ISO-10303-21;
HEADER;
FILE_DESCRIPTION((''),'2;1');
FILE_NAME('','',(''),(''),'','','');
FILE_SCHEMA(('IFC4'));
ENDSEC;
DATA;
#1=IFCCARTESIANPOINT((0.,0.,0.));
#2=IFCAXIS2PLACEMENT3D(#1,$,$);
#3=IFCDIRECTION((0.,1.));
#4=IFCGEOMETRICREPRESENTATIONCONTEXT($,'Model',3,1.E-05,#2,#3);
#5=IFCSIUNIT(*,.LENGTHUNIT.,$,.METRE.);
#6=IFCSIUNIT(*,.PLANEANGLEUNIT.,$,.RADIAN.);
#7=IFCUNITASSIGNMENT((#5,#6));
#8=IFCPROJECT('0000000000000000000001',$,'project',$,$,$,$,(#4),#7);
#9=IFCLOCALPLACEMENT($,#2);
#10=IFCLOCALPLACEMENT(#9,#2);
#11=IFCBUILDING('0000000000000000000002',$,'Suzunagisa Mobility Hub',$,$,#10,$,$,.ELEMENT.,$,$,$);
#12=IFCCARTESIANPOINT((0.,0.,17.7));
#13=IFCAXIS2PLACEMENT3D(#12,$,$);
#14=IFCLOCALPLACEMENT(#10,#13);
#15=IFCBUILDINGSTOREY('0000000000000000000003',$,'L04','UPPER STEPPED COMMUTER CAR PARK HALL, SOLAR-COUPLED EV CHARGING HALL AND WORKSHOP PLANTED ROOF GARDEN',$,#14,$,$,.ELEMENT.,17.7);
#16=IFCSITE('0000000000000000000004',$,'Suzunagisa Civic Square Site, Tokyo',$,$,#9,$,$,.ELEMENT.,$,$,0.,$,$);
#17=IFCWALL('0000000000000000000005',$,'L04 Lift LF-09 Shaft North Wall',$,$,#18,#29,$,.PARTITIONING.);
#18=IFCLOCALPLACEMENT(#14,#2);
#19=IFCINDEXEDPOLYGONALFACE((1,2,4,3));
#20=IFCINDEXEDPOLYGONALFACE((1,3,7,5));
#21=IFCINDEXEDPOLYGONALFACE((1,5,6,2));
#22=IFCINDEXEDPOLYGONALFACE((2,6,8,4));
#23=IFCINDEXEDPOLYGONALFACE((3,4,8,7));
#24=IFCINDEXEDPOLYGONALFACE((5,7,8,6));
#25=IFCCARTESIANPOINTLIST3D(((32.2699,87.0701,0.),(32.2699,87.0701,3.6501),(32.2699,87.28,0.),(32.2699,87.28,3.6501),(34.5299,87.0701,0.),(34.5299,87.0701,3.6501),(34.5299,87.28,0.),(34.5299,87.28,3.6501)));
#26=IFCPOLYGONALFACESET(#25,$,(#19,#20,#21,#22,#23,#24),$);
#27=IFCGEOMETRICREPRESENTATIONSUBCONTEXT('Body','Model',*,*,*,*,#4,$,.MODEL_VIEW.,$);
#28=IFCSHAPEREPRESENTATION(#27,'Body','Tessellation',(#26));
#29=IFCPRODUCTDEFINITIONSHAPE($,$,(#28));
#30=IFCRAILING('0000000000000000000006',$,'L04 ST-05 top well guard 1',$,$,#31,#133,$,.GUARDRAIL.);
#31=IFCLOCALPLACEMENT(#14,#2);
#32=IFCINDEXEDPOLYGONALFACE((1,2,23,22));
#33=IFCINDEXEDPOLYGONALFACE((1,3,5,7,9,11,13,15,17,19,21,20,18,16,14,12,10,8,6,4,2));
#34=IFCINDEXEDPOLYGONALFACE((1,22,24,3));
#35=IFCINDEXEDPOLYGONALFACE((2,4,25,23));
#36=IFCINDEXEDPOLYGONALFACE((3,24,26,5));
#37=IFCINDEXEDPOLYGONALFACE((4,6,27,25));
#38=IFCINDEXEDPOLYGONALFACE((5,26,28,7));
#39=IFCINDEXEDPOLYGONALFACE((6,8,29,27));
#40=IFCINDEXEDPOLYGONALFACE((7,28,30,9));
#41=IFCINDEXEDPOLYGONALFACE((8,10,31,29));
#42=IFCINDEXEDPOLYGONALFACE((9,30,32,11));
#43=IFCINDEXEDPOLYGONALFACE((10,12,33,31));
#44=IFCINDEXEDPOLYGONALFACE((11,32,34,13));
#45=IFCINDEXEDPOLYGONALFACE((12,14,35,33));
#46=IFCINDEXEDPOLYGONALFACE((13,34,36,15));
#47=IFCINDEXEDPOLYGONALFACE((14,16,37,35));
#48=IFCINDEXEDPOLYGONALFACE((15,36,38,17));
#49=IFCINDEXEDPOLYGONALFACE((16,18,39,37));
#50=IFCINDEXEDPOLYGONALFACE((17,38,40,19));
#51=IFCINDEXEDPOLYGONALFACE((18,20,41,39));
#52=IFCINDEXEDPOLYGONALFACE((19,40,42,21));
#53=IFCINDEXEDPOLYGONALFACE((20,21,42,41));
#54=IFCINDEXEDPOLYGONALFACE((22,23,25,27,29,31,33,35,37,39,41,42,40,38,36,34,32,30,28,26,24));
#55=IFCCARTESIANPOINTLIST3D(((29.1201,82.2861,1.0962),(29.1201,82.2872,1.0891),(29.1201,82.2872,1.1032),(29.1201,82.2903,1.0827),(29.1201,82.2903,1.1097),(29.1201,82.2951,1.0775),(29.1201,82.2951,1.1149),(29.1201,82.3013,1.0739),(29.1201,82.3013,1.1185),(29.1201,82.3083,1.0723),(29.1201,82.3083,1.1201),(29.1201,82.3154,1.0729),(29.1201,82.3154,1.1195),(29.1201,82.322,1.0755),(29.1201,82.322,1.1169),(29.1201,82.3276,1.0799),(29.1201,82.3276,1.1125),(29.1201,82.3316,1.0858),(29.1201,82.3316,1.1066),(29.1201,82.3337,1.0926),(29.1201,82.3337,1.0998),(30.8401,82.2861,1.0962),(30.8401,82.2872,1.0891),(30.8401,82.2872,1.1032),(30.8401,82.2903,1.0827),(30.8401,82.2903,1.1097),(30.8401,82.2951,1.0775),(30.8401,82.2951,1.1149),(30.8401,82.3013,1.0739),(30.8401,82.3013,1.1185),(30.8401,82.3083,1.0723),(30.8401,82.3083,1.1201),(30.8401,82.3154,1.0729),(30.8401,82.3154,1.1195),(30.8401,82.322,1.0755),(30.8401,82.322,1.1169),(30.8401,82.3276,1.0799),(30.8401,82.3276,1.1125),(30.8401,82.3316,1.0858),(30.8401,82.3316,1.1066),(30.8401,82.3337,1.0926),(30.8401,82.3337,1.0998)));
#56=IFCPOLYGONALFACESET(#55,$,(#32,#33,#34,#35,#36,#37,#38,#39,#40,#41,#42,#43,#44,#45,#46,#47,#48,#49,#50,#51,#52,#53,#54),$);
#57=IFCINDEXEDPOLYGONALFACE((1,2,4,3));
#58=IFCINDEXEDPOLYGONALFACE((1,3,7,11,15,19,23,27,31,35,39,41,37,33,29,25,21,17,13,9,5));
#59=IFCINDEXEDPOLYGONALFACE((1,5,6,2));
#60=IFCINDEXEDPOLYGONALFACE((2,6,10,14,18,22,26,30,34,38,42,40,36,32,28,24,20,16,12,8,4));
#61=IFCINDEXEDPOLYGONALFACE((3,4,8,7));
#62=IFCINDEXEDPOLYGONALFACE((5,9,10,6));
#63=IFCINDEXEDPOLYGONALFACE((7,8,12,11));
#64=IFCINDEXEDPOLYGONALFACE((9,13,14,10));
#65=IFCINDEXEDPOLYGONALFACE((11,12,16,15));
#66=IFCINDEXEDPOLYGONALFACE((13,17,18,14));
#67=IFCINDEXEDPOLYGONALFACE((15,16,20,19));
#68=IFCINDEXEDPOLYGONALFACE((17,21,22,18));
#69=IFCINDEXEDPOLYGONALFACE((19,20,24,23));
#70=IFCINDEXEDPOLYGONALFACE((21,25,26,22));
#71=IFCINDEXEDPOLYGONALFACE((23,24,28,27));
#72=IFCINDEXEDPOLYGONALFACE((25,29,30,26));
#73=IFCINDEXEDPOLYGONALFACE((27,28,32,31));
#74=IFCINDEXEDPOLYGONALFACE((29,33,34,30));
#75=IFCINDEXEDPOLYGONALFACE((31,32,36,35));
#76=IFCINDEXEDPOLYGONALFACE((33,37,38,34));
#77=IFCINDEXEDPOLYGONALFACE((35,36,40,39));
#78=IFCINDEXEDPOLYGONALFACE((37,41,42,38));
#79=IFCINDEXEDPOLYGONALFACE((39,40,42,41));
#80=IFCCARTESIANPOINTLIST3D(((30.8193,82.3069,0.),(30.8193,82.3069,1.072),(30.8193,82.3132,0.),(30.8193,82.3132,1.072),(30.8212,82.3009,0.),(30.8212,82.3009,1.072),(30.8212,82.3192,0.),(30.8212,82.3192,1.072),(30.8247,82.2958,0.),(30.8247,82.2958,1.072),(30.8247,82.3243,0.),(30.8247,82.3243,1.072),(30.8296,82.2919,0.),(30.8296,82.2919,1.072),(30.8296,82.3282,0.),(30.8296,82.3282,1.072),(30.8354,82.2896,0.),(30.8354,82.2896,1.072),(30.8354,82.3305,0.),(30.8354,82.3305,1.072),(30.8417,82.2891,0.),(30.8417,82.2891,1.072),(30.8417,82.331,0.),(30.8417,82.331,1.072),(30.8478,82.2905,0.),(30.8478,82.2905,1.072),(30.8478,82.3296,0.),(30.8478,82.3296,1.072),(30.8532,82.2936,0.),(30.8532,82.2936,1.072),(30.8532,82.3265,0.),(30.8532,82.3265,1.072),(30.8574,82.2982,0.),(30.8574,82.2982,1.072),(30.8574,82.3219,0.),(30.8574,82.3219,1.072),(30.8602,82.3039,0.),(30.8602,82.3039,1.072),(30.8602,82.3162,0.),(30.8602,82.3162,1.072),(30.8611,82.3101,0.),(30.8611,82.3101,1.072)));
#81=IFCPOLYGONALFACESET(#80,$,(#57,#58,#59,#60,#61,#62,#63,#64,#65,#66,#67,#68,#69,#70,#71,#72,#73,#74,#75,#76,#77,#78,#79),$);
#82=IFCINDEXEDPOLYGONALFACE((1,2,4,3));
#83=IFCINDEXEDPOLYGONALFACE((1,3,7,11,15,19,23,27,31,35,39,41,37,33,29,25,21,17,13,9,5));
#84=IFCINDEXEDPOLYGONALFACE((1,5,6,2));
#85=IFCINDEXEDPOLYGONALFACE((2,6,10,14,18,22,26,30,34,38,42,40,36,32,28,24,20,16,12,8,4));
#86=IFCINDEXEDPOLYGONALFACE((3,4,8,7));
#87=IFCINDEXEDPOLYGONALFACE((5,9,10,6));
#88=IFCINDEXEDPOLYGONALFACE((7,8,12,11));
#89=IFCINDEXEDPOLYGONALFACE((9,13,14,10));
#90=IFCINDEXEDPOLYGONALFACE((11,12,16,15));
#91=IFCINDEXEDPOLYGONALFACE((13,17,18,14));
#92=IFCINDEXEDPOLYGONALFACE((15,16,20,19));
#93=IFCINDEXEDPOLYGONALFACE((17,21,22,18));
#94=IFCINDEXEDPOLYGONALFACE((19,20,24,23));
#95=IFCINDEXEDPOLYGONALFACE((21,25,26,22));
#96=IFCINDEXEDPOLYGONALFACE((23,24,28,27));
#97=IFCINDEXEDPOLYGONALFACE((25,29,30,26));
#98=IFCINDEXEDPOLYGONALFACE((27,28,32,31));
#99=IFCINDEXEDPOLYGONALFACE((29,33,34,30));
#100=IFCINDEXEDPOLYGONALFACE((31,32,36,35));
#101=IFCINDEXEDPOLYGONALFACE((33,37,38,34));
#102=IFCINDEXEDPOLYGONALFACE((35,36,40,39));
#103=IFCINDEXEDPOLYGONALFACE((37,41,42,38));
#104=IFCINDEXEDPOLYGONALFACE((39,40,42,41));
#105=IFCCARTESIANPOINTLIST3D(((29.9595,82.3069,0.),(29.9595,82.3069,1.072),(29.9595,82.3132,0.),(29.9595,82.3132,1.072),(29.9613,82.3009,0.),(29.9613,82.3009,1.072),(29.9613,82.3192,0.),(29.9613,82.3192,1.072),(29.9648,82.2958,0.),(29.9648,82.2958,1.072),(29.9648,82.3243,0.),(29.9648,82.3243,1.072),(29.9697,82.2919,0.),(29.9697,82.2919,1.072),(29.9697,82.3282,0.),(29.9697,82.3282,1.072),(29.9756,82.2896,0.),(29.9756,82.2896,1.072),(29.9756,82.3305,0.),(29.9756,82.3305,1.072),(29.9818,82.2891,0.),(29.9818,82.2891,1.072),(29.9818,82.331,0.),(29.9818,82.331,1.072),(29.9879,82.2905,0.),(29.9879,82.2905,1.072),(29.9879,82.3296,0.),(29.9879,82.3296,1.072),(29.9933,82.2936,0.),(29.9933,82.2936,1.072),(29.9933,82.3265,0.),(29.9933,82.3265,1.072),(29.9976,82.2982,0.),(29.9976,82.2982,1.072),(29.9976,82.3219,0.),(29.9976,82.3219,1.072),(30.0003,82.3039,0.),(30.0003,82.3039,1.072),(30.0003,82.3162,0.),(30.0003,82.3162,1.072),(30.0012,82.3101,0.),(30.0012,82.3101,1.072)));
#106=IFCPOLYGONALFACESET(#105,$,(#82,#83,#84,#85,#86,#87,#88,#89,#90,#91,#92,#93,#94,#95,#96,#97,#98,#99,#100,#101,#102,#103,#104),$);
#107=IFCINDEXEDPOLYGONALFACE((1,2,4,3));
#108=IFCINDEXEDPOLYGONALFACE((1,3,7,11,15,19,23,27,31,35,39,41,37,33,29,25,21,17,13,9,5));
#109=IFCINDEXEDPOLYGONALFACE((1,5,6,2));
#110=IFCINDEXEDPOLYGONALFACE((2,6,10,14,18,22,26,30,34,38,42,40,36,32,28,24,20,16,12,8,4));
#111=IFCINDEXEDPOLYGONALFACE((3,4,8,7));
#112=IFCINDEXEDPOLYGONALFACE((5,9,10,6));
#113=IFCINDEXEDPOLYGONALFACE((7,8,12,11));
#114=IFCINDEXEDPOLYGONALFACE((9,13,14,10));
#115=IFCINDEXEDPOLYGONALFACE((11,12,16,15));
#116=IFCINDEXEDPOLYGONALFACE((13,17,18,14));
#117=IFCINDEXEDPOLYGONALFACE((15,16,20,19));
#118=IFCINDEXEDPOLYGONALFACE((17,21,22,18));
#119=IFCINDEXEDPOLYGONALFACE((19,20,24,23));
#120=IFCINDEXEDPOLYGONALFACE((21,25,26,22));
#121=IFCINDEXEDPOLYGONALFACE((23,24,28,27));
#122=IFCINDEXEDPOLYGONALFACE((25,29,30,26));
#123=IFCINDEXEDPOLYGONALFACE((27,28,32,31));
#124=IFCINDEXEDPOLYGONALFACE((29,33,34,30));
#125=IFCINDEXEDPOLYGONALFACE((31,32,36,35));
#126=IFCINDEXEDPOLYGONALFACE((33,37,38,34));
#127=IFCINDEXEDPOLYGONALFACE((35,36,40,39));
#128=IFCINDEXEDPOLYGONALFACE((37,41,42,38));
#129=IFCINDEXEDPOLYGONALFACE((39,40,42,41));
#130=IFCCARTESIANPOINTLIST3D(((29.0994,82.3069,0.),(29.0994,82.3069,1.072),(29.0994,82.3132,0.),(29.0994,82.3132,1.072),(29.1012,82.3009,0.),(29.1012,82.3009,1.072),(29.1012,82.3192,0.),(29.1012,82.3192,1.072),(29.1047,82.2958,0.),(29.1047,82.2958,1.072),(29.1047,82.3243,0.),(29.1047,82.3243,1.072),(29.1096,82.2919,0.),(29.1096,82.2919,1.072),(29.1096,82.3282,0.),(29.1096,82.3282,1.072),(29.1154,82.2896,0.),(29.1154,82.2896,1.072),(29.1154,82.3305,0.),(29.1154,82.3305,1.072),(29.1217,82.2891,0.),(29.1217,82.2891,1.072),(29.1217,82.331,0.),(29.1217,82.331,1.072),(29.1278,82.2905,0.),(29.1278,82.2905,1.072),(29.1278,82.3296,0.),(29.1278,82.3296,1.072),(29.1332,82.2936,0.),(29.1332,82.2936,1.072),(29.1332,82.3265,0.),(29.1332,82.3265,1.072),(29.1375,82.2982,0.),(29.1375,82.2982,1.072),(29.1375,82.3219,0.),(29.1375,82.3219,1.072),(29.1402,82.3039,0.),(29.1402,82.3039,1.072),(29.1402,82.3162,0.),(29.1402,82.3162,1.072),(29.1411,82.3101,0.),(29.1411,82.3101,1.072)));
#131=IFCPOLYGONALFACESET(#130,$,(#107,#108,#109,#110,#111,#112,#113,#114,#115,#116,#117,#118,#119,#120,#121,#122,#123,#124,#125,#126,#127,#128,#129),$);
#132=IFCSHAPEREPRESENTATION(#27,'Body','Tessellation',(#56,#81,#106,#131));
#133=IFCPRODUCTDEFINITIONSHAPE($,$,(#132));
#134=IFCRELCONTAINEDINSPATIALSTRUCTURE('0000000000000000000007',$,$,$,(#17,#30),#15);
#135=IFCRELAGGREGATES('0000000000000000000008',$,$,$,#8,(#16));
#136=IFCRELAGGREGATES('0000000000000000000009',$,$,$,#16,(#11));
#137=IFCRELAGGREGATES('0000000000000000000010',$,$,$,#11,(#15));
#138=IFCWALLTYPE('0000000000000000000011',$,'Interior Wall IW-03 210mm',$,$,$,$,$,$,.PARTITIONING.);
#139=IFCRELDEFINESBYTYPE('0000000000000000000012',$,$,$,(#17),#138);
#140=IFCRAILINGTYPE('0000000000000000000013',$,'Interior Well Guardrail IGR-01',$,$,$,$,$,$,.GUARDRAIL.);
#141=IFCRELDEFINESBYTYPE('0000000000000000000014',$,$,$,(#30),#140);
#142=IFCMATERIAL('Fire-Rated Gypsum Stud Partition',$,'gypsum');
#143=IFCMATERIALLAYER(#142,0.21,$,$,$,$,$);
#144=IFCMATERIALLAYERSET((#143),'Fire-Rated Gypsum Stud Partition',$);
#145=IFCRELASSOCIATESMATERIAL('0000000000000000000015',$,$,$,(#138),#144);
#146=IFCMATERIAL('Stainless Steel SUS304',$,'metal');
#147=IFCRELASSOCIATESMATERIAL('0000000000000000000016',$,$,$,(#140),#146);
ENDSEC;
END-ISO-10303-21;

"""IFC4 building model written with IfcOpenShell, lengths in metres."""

from ifc_helpers import new_model, si_unit, direction, frame, frame_2d, origin, origin_2d, place, context, subcontext, project, spatial, rectangle, circle, extrude, material, layer, layer_set, type_object, element, save


model = new_model("IFC4")

# Units and contexts
model_context = context("Model", 3, precision=1e-05, world=origin(), true_north=direction((0.0, 1.0)))
body_context = subcontext(model_context, "Body", "Model", "MODEL_VIEW")
ifc_project = project(units=[si_unit("LENGTHUNIT", "METRE"), si_unit("PLANEANGLEUNIT", "RADIAN")], contexts=[model_context])

# Site, building, storey
site_placement = place(None, origin())
site = spatial("IfcSite", under=ifc_project, at=site_placement, Name="Suzunagisa Civic Square Site, Tokyo", CompositionType="ELEMENT", RefElevation=0.0)
building_placement = place(site_placement, origin())
building = spatial("IfcBuilding", under=site, at=building_placement, Name="Suzunagisa Mobility Hub", CompositionType="ELEMENT")
storey_placement = place(building_placement, frame((0.0, 0.0, 17.7)))
storey = spatial("IfcBuildingStorey", under=building, at=storey_placement, Name="L04", Description="UPPER STEPPED COMMUTER CAR PARK HALL, SOLAR-COUPLED EV CHARGING HALL AND WORKSHOP PLANTED ROOF GARDEN", CompositionType="ELEMENT", Elevation=17.7)

# Shared definitions
ifc_material_1 = material(Name="Fire-Rated Gypsum Stud Partition", Category="gypsum")
ifc_layer_1 = layer(ifc_material_1, 0.21)
ifc_layer_set_1 = layer_set([ifc_layer_1], Name="Fire-Rated Gypsum Stud Partition")
wall_type_1 = type_object("IfcWallType", Name="Interior Wall IW-03 210mm", PredefinedType="PARTITIONING", material=ifc_layer_set_1)

# Wall
for number, where, z_axis, x_axis, name in (
    (1, (32.27, 87.175, 0.0), (0.0, 0.0, 1.0), (1.0, 0.0, 0.0), "L04 Lift LF-09 Shaft North Wall"),
):
    element("IfcWall", number, at=place(storey_placement, frame(where, z_axis=z_axis, x_axis=x_axis)), inside=storey, type_object=wall_type_1, Name=name, PredefinedType="PARTITIONING", context=body_context, shape_type="SweptSolid", body=[
        extrude(rectangle(XDim=2.26, YDim=0.21, at=frame_2d((1.1299, 0.0))), origin(), (0.0, 0.0, 1.0), 3.6501),
    ])

# Railing
ifc_material_2 = material(Name="Stainless Steel SUS304", Category="metal")
railing_type = type_object("IfcRailingType", Name="Interior Well Guardrail IGR-01", PredefinedType="GUARDRAIL", material=ifc_material_2)
railing_1_placement = place(storey_placement, frame((30.8401, 82.3101, 0.0)))
element("IfcRailing", 2, at=railing_1_placement, inside=storey, type_object=railing_type, Name="L04 ST-05 top well guard 1", PredefinedType="GUARDRAIL", context=body_context, shape_type="SweptSolid", body=[
    extrude(circle(Radius=0.0239, at=origin_2d()), frame((0.0, 0.0, 1.0962), z_axis=(-1.0, 0.0, 0.0), x_axis=(0.0, -1.0, 0.0)), (0.0, 0.0, 1.0), 1.72),
    extrude(circle(Radius=0.021, at=origin_2d()), origin(), (0.0, 0.0, 1.0), 1.072),
    extrude(circle(Radius=0.021, at=origin_2d()), frame((-0.8599, 0.0, 0.0)), (0.0, 0.0, 1.0), 1.072),
    extrude(circle(Radius=0.021, at=origin_2d()), frame((-1.72, 0.0, 0.0)), (0.0, 0.0, 1.0), 1.072),
])

save(model, "model.ifc")
